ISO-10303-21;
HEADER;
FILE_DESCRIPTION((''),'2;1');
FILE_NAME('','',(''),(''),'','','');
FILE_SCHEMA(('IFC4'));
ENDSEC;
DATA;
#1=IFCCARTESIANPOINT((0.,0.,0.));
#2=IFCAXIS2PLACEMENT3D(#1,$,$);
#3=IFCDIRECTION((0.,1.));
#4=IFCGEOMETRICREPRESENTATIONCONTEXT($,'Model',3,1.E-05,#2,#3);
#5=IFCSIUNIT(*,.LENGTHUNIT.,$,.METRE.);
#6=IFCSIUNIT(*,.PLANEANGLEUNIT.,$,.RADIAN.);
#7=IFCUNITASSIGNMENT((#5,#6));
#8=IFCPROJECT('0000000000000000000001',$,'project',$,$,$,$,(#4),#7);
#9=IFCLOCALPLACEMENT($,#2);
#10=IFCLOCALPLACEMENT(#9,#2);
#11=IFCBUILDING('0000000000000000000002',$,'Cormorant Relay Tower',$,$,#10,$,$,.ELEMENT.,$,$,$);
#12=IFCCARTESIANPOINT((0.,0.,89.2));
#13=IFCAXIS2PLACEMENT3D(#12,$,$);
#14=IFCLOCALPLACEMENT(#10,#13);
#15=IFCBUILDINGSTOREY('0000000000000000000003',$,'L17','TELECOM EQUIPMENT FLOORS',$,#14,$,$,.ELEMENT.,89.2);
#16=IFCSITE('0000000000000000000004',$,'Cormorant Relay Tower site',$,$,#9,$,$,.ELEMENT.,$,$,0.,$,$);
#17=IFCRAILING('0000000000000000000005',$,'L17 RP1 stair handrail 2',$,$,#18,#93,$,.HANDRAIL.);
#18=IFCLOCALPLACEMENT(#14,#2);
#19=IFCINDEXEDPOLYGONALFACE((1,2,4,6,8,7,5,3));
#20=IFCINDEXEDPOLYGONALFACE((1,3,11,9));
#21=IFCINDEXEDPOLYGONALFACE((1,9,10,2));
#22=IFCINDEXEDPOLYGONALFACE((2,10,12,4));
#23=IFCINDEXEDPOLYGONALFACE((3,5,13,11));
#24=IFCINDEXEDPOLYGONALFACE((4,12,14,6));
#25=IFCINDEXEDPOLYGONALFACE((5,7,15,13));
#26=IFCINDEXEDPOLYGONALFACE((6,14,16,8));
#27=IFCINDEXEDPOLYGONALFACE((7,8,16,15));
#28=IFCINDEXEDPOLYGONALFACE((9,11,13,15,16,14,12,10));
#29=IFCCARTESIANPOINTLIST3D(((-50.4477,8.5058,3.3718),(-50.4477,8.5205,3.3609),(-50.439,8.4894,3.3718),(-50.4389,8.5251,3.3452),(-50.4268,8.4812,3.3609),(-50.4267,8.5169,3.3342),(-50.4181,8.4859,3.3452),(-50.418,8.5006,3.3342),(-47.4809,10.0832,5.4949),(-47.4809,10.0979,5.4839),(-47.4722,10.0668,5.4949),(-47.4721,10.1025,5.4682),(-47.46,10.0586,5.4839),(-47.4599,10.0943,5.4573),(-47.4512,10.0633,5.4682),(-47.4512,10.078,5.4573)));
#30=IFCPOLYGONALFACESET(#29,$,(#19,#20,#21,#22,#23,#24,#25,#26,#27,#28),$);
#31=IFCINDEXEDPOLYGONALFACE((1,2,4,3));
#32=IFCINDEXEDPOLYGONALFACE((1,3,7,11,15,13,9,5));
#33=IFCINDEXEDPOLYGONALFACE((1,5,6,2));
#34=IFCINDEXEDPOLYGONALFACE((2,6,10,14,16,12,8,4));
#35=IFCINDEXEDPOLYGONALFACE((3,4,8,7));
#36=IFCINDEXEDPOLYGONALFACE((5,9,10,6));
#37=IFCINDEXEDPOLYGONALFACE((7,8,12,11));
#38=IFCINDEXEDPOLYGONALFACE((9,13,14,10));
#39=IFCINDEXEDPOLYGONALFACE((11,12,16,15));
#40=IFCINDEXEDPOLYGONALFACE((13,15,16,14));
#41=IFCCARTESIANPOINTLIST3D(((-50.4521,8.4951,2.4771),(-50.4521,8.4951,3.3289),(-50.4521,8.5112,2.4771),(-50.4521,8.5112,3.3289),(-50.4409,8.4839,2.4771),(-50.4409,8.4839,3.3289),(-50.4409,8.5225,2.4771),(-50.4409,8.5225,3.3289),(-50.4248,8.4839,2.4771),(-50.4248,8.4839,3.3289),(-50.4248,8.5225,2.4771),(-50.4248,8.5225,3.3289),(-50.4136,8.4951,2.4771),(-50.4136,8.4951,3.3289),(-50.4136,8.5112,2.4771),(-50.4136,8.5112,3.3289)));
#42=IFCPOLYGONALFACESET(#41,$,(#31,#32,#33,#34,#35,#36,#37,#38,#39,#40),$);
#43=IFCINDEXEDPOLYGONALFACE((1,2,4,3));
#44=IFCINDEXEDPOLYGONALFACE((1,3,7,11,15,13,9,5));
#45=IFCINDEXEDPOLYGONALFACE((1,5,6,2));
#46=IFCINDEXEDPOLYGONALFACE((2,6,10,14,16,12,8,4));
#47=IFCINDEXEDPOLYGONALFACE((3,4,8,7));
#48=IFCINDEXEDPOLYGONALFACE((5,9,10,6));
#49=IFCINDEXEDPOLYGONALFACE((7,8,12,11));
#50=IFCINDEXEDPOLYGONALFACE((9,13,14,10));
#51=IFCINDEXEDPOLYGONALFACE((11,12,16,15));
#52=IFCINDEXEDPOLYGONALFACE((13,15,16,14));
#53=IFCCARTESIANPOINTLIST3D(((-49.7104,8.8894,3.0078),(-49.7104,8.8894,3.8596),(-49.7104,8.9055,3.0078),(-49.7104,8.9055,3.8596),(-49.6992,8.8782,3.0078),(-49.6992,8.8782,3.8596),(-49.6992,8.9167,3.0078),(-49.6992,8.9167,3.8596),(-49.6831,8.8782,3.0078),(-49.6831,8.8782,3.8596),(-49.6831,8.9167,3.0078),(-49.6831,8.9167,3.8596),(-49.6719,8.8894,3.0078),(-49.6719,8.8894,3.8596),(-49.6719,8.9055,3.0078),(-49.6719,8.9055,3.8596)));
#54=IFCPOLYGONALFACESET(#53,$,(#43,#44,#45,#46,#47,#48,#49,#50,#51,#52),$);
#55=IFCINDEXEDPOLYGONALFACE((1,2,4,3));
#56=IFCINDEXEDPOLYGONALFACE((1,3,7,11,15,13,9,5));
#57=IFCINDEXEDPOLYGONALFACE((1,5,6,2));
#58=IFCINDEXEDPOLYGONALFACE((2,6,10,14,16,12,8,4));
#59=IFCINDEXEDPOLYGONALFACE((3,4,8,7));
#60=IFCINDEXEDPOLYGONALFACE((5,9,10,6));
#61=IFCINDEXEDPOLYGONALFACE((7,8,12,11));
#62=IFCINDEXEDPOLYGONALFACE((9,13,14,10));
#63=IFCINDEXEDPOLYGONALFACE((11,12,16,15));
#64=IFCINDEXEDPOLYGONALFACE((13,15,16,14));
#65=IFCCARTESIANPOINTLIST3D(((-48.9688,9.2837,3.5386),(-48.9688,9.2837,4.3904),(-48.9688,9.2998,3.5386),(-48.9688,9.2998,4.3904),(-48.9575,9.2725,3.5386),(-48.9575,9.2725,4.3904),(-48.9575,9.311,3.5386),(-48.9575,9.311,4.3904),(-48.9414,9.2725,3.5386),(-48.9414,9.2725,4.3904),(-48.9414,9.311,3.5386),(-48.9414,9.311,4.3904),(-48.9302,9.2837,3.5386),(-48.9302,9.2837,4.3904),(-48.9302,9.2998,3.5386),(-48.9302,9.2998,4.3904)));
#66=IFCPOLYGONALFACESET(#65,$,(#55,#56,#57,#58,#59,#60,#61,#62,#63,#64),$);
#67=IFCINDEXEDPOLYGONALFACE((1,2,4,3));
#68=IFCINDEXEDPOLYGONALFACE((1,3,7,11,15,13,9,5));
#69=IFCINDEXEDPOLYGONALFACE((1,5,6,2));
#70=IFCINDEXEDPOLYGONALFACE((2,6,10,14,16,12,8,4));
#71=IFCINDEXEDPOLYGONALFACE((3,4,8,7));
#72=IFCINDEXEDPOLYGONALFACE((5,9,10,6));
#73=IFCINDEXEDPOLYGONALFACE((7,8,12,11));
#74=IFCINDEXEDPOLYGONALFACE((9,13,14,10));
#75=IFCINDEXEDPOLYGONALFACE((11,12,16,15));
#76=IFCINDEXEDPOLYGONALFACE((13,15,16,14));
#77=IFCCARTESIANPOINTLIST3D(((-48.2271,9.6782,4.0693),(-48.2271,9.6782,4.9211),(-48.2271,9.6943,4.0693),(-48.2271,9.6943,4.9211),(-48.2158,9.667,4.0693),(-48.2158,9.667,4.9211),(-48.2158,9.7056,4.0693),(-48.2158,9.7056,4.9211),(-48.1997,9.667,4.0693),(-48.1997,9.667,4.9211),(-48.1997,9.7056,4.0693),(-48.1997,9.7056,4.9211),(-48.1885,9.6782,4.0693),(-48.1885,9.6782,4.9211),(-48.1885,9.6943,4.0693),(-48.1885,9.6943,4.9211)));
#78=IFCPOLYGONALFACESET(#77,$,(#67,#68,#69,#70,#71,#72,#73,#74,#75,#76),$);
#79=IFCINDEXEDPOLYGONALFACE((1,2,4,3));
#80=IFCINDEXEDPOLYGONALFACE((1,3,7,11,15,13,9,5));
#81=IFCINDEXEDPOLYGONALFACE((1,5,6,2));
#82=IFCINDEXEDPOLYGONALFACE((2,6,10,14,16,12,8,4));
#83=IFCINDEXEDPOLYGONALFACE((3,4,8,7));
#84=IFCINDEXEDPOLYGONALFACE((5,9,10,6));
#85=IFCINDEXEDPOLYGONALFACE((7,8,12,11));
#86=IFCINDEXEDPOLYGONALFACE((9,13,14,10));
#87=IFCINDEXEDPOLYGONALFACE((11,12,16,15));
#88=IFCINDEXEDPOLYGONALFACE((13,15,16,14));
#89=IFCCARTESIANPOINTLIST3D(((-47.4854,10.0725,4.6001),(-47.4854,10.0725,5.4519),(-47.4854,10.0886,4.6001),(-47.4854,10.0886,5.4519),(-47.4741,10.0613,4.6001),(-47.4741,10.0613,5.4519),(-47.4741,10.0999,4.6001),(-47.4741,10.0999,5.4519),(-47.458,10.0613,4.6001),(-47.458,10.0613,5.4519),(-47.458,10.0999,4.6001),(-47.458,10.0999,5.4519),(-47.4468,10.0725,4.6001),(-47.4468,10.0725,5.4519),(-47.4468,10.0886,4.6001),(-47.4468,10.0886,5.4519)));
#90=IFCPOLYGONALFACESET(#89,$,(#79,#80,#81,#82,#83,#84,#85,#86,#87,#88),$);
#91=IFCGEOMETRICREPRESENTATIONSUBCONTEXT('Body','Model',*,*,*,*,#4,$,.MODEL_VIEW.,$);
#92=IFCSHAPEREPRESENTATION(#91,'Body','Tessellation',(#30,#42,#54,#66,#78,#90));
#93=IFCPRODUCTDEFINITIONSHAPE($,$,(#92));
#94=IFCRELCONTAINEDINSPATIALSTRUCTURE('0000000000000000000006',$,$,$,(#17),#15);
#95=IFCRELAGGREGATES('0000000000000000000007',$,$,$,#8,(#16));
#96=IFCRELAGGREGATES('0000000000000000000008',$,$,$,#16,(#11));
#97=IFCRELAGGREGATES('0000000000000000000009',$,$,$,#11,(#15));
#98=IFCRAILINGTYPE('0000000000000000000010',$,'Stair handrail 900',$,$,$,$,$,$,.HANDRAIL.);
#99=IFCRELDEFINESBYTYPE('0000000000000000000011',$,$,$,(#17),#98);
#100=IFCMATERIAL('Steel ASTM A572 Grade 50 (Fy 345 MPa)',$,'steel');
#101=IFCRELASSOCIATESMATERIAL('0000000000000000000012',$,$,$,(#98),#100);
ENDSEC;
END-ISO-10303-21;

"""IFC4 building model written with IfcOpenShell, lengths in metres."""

from ifc_helpers import new_model, si_unit, direction, frame, origin, place, context, subcontext, project, spatial, polyline, outline, extrude, material, type_object, element, save


model = new_model("IFC4")

# Units and contexts
model_context = context("Model", 3, precision=1e-05, world=origin(), true_north=direction((0.0, 1.0)))
body_context = subcontext(model_context, "Body", "Model", "MODEL_VIEW")
ifc_project = project(units=[si_unit("LENGTHUNIT", "METRE"), si_unit("PLANEANGLEUNIT", "RADIAN")], contexts=[model_context])

# Site, building, storey
site_placement = place(None, origin())
site = spatial("IfcSite", under=ifc_project, at=site_placement, Name="Cormorant Relay Tower site", CompositionType="ELEMENT", RefElevation=0.0)
building_placement = place(site_placement, origin())
building = spatial("IfcBuilding", under=site, at=building_placement, Name="Cormorant Relay Tower", CompositionType="ELEMENT")
storey_placement = place(building_placement, frame((0.0, 0.0, 89.2)))
storey = spatial("IfcBuildingStorey", under=building, at=storey_placement, Name="L17", Description="TELECOM EQUIPMENT FLOORS", CompositionType="ELEMENT", Elevation=89.2)

# Railing
ifc_material_1 = material(Name="Steel ASTM A572 Grade 50 (Fy 345 MPa)", Category="steel")
railing_type_1 = type_object("IfcRailingType", Name="Stair handrail 900", PredefinedType="HANDRAIL", material=ifc_material_1)
railing_1_placement = place(storey_placement, frame((-50.4329, 8.5032, 2.4771)))
element("IfcRailing", 1, at=railing_1_placement, inside=storey, type_object=railing_type_1, Name="L17 RP1 stair handrail 2", PredefinedType="HANDRAIL", context=body_context, shape_type="SweptSolid", body=[
    extrude(outline(polyline([(0.0222, 0.0093), (0.0093, 0.0222), (-0.0093, 0.0222), (-0.0222, 0.0093), (-0.0222, -0.0093), (-0.0093, -0.0222), (0.0093, -0.0222), (0.0222, -0.0093), (0.0222, 0.0093)])), frame((0.0, 0.0, 0.876), z_axis=(0.746441, 0.396869, 0.534155), x_axis=(-0.469453, 0.882958, 0.0)), (0.0, 0.0, 1.0), 3.9746),
    extrude(outline(polyline([(0.0193, 0.0081), (0.0081, 0.0193), (-0.0081, 0.0193), (-0.0193, 0.0081), (-0.0193, -0.0081), (-0.0081, -0.0193), (0.0081, -0.0193), (0.0193, -0.0081), (0.0193, 0.0081)])), origin(), (0.0, 0.0, 1.0), 0.8518),
    extrude(outline(polyline([(0.0193, 0.0081), (0.0081, 0.0193), (-0.0081, 0.0193), (-0.0193, 0.0081), (-0.0193, -0.0081), (-0.0081, -0.0193), (0.0081, -0.0193), (0.0193, -0.0081), (0.0193, 0.0081)])), frame((0.7417, 0.3943, 0.5308)), (0.0, 0.0, 1.0), 0.8518),
    extrude(outline(polyline([(0.0193, 0.0081), (0.0081, 0.0193), (-0.0081, 0.0193), (-0.0193, 0.0081), (-0.0193, -0.0081), (-0.0081, -0.0193), (0.0081, -0.0193), (0.0193, -0.0081), (0.0193, 0.0081)])), frame((1.4834, 0.7886, 1.0615)), (0.0, 0.0, 1.0), 0.8518),
    extrude(outline(polyline([(0.0193, 0.0081), (0.0081, 0.0193), (-0.0081, 0.0193), (-0.0193, 0.0081), (-0.0193, -0.0081), (-0.0081, -0.0193), (0.0081, -0.0193), (0.0193, -0.0081), (0.0193, 0.0081)])), frame((2.2251, 1.1831, 1.5923)), (0.0, 0.0, 1.0), 0.8518),
    extrude(outline(polyline([(0.0193, 0.0081), (0.0081, 0.0193), (-0.0081, 0.0193), (-0.0193, 0.0081), (-0.0193, -0.0081), (-0.0081, -0.0193), (0.0081, -0.0193), (0.0193, -0.0081), (0.0193, 0.0081)])), frame((2.9668, 1.5774, 2.123)), (0.0, 0.0, 1.0), 0.8518),
])

save(model, "model.ifc")
